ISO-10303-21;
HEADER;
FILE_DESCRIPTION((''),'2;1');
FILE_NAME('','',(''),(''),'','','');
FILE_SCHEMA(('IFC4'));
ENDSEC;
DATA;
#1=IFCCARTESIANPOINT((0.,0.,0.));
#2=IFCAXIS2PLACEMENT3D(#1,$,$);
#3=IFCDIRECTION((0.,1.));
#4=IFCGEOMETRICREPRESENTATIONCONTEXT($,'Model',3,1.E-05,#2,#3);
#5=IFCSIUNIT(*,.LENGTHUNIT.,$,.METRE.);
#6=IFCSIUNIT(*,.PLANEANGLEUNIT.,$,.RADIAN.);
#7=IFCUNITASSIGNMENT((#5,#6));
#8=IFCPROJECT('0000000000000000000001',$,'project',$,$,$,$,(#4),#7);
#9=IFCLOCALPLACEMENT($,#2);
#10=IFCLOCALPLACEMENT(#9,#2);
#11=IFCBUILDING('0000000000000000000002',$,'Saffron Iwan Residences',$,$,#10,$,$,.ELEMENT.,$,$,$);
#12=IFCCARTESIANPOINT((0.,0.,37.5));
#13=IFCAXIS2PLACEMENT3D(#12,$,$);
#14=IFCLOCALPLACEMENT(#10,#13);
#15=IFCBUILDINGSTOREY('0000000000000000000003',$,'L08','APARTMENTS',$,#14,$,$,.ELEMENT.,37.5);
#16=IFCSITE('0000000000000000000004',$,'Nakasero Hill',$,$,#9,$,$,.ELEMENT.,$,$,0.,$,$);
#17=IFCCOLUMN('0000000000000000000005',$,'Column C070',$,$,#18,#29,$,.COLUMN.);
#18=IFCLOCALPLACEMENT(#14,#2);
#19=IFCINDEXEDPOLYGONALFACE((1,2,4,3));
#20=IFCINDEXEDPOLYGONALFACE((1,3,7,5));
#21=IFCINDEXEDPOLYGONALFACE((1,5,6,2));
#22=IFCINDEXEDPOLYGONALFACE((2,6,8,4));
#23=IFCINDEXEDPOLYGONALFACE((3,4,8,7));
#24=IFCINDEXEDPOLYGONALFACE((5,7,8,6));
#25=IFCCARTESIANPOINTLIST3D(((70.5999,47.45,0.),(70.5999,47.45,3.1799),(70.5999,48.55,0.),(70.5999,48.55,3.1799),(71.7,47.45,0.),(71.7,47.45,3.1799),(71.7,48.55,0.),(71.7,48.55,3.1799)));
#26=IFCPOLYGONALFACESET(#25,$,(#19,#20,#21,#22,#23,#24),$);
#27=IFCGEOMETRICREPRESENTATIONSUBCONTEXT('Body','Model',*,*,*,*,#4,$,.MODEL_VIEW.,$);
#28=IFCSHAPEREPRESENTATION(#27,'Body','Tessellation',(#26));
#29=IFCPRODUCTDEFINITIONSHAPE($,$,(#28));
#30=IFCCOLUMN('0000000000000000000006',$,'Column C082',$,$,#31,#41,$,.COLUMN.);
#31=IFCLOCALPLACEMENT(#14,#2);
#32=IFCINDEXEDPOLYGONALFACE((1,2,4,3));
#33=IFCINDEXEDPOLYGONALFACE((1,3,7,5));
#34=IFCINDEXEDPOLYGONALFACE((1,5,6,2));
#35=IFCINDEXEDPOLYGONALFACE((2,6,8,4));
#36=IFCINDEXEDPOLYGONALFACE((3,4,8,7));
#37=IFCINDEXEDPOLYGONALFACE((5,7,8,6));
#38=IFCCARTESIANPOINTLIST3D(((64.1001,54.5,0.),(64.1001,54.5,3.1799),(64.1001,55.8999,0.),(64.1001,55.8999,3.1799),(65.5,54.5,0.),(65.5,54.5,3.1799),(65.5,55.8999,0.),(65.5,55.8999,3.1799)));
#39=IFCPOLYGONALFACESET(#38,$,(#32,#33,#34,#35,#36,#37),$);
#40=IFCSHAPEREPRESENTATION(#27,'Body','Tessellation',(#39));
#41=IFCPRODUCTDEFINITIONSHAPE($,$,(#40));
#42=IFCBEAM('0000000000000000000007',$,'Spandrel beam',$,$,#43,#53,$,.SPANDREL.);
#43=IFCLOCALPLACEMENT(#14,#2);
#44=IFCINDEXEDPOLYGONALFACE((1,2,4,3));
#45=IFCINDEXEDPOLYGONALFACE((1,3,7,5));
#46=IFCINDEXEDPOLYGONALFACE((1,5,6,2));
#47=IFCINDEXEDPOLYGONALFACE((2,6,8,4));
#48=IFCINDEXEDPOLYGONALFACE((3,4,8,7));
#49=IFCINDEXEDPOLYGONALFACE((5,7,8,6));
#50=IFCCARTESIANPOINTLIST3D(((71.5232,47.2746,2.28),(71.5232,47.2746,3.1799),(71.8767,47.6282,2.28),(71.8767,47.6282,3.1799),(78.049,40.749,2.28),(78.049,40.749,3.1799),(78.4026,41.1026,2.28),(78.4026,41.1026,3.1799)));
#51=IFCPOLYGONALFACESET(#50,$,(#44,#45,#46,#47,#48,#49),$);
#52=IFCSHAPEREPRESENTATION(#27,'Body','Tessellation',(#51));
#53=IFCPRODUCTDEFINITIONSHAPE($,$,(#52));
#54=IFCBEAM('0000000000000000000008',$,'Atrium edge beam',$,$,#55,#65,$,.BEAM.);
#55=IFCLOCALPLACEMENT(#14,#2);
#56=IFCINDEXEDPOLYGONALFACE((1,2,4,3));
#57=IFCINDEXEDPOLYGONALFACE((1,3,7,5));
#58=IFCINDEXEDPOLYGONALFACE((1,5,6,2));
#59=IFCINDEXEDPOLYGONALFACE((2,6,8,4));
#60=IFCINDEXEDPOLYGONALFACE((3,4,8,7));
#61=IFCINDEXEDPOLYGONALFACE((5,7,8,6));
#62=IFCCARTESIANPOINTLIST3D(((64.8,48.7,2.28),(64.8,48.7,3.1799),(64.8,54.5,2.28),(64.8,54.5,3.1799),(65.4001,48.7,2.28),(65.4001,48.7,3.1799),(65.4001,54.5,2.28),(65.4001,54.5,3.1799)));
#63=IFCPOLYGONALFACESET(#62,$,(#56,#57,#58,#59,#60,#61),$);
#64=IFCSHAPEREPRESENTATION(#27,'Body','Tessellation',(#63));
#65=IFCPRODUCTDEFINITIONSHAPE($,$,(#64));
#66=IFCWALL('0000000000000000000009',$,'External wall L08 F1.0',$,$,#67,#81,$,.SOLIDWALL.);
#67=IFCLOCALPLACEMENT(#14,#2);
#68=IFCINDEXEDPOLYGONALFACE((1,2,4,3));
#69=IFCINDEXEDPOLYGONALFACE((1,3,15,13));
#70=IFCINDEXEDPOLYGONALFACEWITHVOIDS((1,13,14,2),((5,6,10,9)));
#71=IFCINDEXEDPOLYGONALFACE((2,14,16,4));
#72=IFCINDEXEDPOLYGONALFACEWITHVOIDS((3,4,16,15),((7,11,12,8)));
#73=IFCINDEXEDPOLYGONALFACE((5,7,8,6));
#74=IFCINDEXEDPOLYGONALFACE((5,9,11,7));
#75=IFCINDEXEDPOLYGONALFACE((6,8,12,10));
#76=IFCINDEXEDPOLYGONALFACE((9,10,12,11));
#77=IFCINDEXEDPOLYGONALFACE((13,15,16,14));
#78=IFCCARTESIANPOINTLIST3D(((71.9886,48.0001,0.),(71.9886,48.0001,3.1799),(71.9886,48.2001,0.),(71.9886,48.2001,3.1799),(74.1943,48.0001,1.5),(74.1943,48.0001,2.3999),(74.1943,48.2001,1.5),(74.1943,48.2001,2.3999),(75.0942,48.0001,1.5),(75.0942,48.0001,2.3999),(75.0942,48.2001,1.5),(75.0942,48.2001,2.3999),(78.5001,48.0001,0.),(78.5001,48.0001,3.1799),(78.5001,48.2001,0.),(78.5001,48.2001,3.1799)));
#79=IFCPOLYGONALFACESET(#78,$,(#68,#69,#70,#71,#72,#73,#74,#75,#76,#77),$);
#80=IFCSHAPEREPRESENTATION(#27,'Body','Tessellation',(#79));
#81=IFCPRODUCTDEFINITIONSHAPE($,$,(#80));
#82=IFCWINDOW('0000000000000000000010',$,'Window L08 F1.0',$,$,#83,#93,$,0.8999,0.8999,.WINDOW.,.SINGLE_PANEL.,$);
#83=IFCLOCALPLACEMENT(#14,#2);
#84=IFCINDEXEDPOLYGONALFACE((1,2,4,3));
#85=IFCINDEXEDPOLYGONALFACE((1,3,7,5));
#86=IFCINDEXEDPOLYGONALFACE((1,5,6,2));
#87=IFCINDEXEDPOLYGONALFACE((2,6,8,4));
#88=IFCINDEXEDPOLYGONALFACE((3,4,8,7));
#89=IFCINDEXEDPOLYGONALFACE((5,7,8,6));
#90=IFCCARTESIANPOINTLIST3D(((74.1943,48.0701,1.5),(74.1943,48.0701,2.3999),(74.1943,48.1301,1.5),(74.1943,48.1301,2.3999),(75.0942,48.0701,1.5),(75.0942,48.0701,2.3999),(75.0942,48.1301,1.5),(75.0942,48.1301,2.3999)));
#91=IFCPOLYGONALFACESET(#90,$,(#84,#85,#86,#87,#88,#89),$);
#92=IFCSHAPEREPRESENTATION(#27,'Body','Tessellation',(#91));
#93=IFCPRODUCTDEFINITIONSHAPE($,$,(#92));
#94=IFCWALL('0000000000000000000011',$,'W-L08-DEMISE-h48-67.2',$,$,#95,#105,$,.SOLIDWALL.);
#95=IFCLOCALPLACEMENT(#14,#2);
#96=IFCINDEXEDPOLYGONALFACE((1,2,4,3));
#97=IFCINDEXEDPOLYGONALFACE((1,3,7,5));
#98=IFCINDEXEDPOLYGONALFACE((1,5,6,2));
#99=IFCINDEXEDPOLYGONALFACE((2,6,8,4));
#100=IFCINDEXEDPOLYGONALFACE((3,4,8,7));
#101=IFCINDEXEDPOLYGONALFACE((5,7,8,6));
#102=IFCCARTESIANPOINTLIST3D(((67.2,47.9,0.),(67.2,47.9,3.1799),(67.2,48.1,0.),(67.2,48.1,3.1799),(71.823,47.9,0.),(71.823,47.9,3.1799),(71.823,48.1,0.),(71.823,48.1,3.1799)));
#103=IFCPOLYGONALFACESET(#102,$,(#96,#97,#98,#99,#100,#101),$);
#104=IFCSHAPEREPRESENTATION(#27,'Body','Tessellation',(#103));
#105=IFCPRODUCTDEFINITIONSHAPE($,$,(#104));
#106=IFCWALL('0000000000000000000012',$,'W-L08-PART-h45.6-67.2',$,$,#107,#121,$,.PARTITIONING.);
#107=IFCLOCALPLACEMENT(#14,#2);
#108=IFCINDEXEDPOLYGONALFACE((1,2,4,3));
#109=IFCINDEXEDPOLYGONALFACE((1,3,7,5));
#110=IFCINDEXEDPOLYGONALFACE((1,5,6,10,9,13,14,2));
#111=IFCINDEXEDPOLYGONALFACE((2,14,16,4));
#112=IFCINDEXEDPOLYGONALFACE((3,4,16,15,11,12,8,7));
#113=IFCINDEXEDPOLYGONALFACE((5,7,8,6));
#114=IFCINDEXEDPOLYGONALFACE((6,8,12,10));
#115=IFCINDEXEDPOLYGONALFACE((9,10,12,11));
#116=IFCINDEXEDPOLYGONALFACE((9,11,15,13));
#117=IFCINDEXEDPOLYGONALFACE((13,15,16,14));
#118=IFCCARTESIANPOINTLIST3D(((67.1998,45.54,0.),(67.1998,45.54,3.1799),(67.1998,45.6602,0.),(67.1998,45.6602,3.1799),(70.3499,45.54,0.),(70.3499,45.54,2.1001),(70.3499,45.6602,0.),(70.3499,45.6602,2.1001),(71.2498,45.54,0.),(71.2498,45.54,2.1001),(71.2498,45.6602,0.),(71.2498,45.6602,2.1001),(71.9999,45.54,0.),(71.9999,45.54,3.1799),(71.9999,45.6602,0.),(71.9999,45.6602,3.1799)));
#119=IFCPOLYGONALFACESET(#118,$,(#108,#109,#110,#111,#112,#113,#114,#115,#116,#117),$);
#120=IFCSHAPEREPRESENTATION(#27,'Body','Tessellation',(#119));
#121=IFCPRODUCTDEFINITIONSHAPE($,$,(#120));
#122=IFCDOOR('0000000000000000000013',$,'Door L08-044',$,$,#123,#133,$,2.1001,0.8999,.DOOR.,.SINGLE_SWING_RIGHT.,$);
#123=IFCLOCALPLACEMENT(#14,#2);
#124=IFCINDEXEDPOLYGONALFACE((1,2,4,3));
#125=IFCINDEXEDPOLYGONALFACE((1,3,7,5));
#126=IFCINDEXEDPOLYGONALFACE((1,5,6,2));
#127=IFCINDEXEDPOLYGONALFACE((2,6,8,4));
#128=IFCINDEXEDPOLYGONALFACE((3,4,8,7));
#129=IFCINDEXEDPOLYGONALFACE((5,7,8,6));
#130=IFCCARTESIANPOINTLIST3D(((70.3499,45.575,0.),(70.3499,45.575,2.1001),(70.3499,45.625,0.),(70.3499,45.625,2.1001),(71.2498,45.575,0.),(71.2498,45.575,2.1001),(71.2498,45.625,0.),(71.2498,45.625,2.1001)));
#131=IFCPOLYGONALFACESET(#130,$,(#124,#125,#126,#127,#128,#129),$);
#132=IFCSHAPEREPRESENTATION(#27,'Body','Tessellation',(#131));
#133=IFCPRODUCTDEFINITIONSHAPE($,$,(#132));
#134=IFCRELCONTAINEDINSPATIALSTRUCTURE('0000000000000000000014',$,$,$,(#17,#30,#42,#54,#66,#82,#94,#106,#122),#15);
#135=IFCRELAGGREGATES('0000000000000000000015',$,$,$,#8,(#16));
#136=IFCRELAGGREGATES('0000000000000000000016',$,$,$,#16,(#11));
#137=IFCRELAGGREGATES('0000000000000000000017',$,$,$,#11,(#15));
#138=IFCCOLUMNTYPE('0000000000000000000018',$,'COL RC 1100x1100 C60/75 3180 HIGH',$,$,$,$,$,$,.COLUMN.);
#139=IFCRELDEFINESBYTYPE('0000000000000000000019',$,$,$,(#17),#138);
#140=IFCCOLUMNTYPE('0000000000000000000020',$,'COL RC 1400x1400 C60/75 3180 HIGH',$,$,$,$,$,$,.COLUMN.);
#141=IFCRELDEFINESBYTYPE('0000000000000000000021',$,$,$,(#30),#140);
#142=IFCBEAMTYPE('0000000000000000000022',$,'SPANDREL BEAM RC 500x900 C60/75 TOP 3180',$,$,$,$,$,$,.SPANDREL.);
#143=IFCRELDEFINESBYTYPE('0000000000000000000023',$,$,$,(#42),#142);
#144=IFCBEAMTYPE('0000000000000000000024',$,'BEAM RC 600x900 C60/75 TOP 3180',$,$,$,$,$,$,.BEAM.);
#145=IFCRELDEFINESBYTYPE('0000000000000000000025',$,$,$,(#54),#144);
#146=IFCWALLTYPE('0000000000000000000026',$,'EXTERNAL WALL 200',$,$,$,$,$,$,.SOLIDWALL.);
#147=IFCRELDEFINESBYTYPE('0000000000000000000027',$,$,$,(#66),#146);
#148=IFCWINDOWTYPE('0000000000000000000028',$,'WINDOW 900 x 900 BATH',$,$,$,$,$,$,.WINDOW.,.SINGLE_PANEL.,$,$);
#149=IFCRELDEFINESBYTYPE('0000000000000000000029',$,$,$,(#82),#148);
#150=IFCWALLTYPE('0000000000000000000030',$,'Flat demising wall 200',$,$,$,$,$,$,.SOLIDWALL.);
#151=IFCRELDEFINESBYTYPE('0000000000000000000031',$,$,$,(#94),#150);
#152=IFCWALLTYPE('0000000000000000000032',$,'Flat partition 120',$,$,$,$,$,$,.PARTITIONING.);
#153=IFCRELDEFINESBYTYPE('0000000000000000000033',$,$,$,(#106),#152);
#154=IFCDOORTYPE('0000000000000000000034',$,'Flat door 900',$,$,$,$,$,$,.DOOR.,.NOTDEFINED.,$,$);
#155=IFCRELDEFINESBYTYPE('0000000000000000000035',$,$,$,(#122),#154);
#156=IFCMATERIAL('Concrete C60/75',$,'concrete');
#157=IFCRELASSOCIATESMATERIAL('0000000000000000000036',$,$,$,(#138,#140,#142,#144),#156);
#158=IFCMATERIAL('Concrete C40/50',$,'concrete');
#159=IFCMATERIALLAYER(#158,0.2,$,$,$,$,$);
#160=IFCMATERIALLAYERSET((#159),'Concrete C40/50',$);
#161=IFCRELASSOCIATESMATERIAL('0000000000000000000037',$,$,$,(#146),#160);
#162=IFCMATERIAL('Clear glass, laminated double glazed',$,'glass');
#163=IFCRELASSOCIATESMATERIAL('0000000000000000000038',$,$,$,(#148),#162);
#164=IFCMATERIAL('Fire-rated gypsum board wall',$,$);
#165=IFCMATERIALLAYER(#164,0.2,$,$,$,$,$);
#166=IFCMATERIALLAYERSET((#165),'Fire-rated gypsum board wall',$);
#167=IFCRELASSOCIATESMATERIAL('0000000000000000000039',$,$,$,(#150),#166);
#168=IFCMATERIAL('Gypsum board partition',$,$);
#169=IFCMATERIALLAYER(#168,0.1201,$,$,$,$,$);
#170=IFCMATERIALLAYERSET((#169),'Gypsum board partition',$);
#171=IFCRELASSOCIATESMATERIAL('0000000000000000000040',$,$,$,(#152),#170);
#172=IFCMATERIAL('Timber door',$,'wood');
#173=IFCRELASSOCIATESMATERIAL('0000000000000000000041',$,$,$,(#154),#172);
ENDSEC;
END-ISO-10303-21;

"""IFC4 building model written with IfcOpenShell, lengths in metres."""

from ifc_helpers import new_model, si_unit, direction, frame, frame_2d, origin, origin_2d, place, context, subcontext, project, spatial, rectangle, extrude, source, transform, mapped, material, layer, layer_set, material_profile, profile_set, type_object, element, fill, save


model = new_model("IFC4")

# Units and contexts
model_context = context("Model", 3, precision=1e-05, world=origin(), true_north=direction((0.0, 1.0)))
body_context = subcontext(model_context, "Body", "Model", "MODEL_VIEW")
ifc_project = project(units=[si_unit("LENGTHUNIT", "METRE"), si_unit("PLANEANGLEUNIT", "RADIAN")], contexts=[model_context])

# Site, building, storey
site_placement = place(None, origin())
site = spatial("IfcSite", under=ifc_project, at=site_placement, Name="Nakasero Hill", CompositionType="ELEMENT", RefElevation=0.0)
building_placement = place(site_placement, origin())
building = spatial("IfcBuilding", under=site, at=building_placement, Name="Saffron Iwan Residences", CompositionType="ELEMENT")
storey_placement = place(building_placement, frame((0.0, 0.0, 37.5)))
storey = spatial("IfcBuildingStorey", under=building, at=storey_placement, Name="L08", Description="APARTMENTS", CompositionType="ELEMENT", Elevation=37.5)

# Columns
ifc_material_1 = material(Name="Concrete C60/75", Category="concrete")
ifc_material_profile_1 = material_profile(ifc_material_1, rectangle(XDim=1.1001, YDim=1.1001, at=origin_2d()), Name="RC 1100x1100")
ifc_profile_set_1 = profile_set([ifc_material_profile_1], Name="Concrete C60/75")
column_type_1 = type_object("IfcColumnType", Name="COL RC 1100x1100 C60/75 3180 HIGH", PredefinedType="COLUMN", material=ifc_profile_set_1)
shared_shape_1 = source(origin(), body_context, "Body", "SweptSolid", [
    extrude(rectangle(XDim=1.1001, YDim=1.1001, at=origin_2d()), origin(), (0.0, 0.0, 1.0), 3.1799),
])
column_1_placement = place(storey_placement, frame((71.1499, 48.0, 0.0), z_axis=(0.0, 0.0, 1.0), x_axis=(1.0, 0.0, 0.0)))
element("IfcColumn", 1, at=column_1_placement, inside=storey, type_object=column_type_1, Name="Column C070", PredefinedType="COLUMN", context=body_context, shape_type="MappedRepresentation", body=[
    mapped(shared_shape_1, transform((0.0, 0.0, 0.0))),
])
ifc_material_profile_2 = material_profile(ifc_material_1, rectangle(XDim=1.3999, YDim=1.3999, at=origin_2d()), Name="RC 1400x1400")
ifc_profile_set_2 = profile_set([ifc_material_profile_2], Name="Concrete C60/75")
column_type_2 = type_object("IfcColumnType", Name="COL RC 1400x1400 C60/75 3180 HIGH", PredefinedType="COLUMN", material=ifc_profile_set_2)
shared_shape_2 = source(origin(), body_context, "Body", "SweptSolid", [
    extrude(rectangle(XDim=1.3999, YDim=1.3999, at=origin_2d()), origin(), (0.0, 0.0, 1.0), 3.1799),
])
column_2_placement = place(storey_placement, frame((64.8, 55.2, 0.0), z_axis=(0.0, 0.0, 1.0), x_axis=(1.0, 0.0, 0.0)))
element("IfcColumn", 2, at=column_2_placement, inside=storey, type_object=column_type_2, Name="Column C082", PredefinedType="COLUMN", context=body_context, shape_type="MappedRepresentation", body=[
    mapped(shared_shape_2, transform((0.0, 0.0, 0.0))),
])

# Beams
ifc_material_profile_3 = material_profile(ifc_material_1, rectangle(XDim=0.5, YDim=0.8999, at=origin_2d()), Name="RC 500x900")
ifc_profile_set_3 = profile_set([ifc_material_profile_3], Name="Concrete C60/75")
beam_type_1 = type_object("IfcBeamType", Name="SPANDREL BEAM RC 500x900 C60/75 TOP 3180", PredefinedType="SPANDREL", material=ifc_profile_set_3)
shared_shape_3 = source(origin(), body_context, "Body", "SweptSolid", [
    extrude(rectangle(XDim=0.5, YDim=0.8999, at=origin_2d()), origin(), (0.0, 0.0, 1.0), 9.2288),
])
beam_1_placement = place(storey_placement, frame((71.7, 47.4514, 2.73), z_axis=(0.70712, -0.707094, 0.0), x_axis=(0.707094, 0.70712, 0.0)))
element("IfcBeam", 3, at=beam_1_placement, inside=storey, type_object=beam_type_1, Name="Spandrel beam", PredefinedType="SPANDREL", context=body_context, shape_type="MappedRepresentation", body=[
    mapped(shared_shape_3, transform((0.0, 0.0, 0.0))),
])
ifc_material_profile_4 = material_profile(ifc_material_1, rectangle(XDim=0.6001, YDim=0.8999, at=origin_2d()), Name="RC 600x900")
ifc_profile_set_4 = profile_set([ifc_material_profile_4], Name="Concrete C60/75")
beam_type_2 = type_object("IfcBeamType", Name="BEAM RC 600x900 C60/75 TOP 3180", PredefinedType="BEAM", material=ifc_profile_set_4)
shared_shape_4 = source(origin(), body_context, "Body", "SweptSolid", [
    extrude(rectangle(XDim=0.6001, YDim=0.8999, at=origin_2d()), origin(), (0.0, 0.0, 1.0), 5.8),
])
beam_2_placement = place(storey_placement, frame((65.1001, 54.5, 2.73), z_axis=(0.0, -1.0, 0.0), x_axis=(1.0, 0.0, 0.0)))
element("IfcBeam", 4, at=beam_2_placement, inside=storey, type_object=beam_type_2, Name="Atrium edge beam", PredefinedType="BEAM", context=body_context, shape_type="MappedRepresentation", body=[
    mapped(shared_shape_4, transform((0.0, 0.0, 0.0))),
])

# Wall, opening, window
ifc_material_2 = material(Name="Concrete C40/50", Category="concrete")
ifc_layer_1 = layer(ifc_material_2, 0.2)
ifc_layer_set_1 = layer_set([ifc_layer_1], Name="Concrete C40/50")
wall_type_1 = type_object("IfcWallType", Name="EXTERNAL WALL 200", PredefinedType="SOLIDWALL", material=ifc_layer_set_1)
wall_1_placement = place(storey_placement, frame((71.9885, 48.1001, 0.0), z_axis=(0.0, 0.0, 1.0), x_axis=(1.0, 0.0, 0.0)))
wall_1 = element("IfcWall", 5, at=wall_1_placement, inside=storey, type_object=wall_type_1, Name="External wall L08 F1.0", PredefinedType="SOLIDWALL", context=body_context, shape_type="SweptSolid", body=[
    extrude(rectangle(XDim=6.5115, YDim=0.2, at=frame_2d((3.2559, 0.0))), origin(), (0.0, 0.0, 1.0), 3.1799),
])
opening_1_placement = place(wall_1_placement, frame((2.2058, 0.0, 1.5)))
opening_1 = element("IfcOpeningElement", 6, at=opening_1_placement, cuts=wall_1, PredefinedType="OPENING", context=body_context, shape_type="SweptSolid", body=[
    extrude(rectangle(XDim=0.8999, YDim=0.8999, at=frame_2d((0.45, 0.45))), frame((0.0, 0.1099, 0.0), z_axis=(0.0, -1.0, 0.0), x_axis=(1.0, 0.0, 0.0)), (0.0, 0.0, 1.0), 0.22),
])
ifc_material_3 = material(Name="Clear glass, laminated double glazed", Category="glass")
window_type = type_object("IfcWindowType", Name="WINDOW 900 x 900 BATH", PartitioningType="SINGLE_PANEL", PredefinedType="WINDOW", material=ifc_material_3)
window_placement = place(opening_1_placement, origin())
window = element("IfcWindow", 7, at=window_placement, inside=storey, type_object=window_type, Name="Window L08 F1.0", OverallHeight=0.8999, OverallWidth=0.8999, PartitioningType="SINGLE_PANEL", PredefinedType="WINDOW", context=body_context, shape_type="SweptSolid", body=[
    extrude(rectangle(XDim=0.8999, YDim=0.8999, at=frame_2d((0.45, 0.45))), frame((0.0, 0.03, 0.0), z_axis=(0.0, -1.0, 0.0), x_axis=(1.0, 0.0, 0.0)), (0.0, 0.0, 1.0), 0.0601),
])
fill(opening_1, window)

# Wall
ifc_material_4 = material(Name="Fire-rated gypsum board wall")
ifc_layer_2 = layer(ifc_material_4, 0.2)
ifc_layer_set_2 = layer_set([ifc_layer_2], Name="Fire-rated gypsum board wall")
wall_type_2 = type_object("IfcWallType", Name="Flat demising wall 200", PredefinedType="SOLIDWALL", material=ifc_layer_set_2)
wall_2_placement = place(storey_placement, frame((67.2, 48.0, 0.0), z_axis=(0.0, 0.0, 1.0), x_axis=(1.0, 0.0, 0.0)))
element("IfcWall", 8, at=wall_2_placement, inside=storey, type_object=wall_type_2, Name="W-L08-DEMISE-h48-67.2", PredefinedType="SOLIDWALL", context=body_context, shape_type="SweptSolid", body=[
    extrude(rectangle(XDim=4.623, YDim=0.2, at=frame_2d((2.3115, 0.0))), origin(), (0.0, 0.0, 1.0), 3.1799),
])

# Wall, opening, door
ifc_material_5 = material(Name="Gypsum board partition")
ifc_layer_3 = layer(ifc_material_5, 0.1201)
ifc_layer_set_3 = layer_set([ifc_layer_3], Name="Gypsum board partition")
wall_type_3 = type_object("IfcWallType", Name="Flat partition 120", PredefinedType="PARTITIONING", material=ifc_layer_set_3)
wall_3_placement = place(storey_placement, frame((67.2, 45.6001, 0.0), z_axis=(0.0, 0.0, 1.0), x_axis=(1.0, 0.0, 0.0)))
wall_3 = element("IfcWall", 9, at=wall_3_placement, inside=storey, type_object=wall_type_3, Name="W-L08-PART-h45.6-67.2", PredefinedType="PARTITIONING", context=body_context, shape_type="SweptSolid", body=[
    extrude(rectangle(XDim=4.8, YDim=0.1201, at=frame_2d((2.3999, 0.0))), origin(), (0.0, 0.0, 1.0), 3.1799),
])
opening_2_placement = place(wall_3_placement, frame((3.1499, 0.0, 0.0)))
opening_2 = element("IfcOpeningElement", 10, at=opening_2_placement, cuts=wall_3, PredefinedType="OPENING", context=body_context, shape_type="SweptSolid", body=[
    extrude(rectangle(XDim=0.8999, YDim=2.1001, at=frame_2d((0.45, 1.05))), frame((0.0, 0.0701, 0.0), z_axis=(0.0, -1.0, 0.0), x_axis=(1.0, 0.0, 0.0)), (0.0, 0.0, 1.0), 0.1401),
])
ifc_material_6 = material(Name="Timber door", Category="wood")
door_type_1 = type_object("IfcDoorType", Name="Flat door 900", OperationType="NOTDEFINED", PredefinedType="DOOR", material=ifc_material_6)
door_1_placement = place(opening_2_placement, origin())
door_1 = element("IfcDoor", 11, at=door_1_placement, inside=storey, type_object=door_type_1, Name="Door L08-044", OperationType="SINGLE_SWING_RIGHT", OverallHeight=2.1001, OverallWidth=0.8999, PredefinedType="DOOR", context=body_context, shape_type="SweptSolid", body=[
    extrude(rectangle(XDim=0.8999, YDim=2.1001, at=frame_2d((0.45, 1.05))), frame((0.0, 0.0249, 0.0), z_axis=(0.0, -1.0, 0.0), x_axis=(1.0, 0.0, 0.0)), (0.0, 0.0, 1.0), 0.05),
])
fill(opening_2, door_1)

save(model, "model.ifc")
